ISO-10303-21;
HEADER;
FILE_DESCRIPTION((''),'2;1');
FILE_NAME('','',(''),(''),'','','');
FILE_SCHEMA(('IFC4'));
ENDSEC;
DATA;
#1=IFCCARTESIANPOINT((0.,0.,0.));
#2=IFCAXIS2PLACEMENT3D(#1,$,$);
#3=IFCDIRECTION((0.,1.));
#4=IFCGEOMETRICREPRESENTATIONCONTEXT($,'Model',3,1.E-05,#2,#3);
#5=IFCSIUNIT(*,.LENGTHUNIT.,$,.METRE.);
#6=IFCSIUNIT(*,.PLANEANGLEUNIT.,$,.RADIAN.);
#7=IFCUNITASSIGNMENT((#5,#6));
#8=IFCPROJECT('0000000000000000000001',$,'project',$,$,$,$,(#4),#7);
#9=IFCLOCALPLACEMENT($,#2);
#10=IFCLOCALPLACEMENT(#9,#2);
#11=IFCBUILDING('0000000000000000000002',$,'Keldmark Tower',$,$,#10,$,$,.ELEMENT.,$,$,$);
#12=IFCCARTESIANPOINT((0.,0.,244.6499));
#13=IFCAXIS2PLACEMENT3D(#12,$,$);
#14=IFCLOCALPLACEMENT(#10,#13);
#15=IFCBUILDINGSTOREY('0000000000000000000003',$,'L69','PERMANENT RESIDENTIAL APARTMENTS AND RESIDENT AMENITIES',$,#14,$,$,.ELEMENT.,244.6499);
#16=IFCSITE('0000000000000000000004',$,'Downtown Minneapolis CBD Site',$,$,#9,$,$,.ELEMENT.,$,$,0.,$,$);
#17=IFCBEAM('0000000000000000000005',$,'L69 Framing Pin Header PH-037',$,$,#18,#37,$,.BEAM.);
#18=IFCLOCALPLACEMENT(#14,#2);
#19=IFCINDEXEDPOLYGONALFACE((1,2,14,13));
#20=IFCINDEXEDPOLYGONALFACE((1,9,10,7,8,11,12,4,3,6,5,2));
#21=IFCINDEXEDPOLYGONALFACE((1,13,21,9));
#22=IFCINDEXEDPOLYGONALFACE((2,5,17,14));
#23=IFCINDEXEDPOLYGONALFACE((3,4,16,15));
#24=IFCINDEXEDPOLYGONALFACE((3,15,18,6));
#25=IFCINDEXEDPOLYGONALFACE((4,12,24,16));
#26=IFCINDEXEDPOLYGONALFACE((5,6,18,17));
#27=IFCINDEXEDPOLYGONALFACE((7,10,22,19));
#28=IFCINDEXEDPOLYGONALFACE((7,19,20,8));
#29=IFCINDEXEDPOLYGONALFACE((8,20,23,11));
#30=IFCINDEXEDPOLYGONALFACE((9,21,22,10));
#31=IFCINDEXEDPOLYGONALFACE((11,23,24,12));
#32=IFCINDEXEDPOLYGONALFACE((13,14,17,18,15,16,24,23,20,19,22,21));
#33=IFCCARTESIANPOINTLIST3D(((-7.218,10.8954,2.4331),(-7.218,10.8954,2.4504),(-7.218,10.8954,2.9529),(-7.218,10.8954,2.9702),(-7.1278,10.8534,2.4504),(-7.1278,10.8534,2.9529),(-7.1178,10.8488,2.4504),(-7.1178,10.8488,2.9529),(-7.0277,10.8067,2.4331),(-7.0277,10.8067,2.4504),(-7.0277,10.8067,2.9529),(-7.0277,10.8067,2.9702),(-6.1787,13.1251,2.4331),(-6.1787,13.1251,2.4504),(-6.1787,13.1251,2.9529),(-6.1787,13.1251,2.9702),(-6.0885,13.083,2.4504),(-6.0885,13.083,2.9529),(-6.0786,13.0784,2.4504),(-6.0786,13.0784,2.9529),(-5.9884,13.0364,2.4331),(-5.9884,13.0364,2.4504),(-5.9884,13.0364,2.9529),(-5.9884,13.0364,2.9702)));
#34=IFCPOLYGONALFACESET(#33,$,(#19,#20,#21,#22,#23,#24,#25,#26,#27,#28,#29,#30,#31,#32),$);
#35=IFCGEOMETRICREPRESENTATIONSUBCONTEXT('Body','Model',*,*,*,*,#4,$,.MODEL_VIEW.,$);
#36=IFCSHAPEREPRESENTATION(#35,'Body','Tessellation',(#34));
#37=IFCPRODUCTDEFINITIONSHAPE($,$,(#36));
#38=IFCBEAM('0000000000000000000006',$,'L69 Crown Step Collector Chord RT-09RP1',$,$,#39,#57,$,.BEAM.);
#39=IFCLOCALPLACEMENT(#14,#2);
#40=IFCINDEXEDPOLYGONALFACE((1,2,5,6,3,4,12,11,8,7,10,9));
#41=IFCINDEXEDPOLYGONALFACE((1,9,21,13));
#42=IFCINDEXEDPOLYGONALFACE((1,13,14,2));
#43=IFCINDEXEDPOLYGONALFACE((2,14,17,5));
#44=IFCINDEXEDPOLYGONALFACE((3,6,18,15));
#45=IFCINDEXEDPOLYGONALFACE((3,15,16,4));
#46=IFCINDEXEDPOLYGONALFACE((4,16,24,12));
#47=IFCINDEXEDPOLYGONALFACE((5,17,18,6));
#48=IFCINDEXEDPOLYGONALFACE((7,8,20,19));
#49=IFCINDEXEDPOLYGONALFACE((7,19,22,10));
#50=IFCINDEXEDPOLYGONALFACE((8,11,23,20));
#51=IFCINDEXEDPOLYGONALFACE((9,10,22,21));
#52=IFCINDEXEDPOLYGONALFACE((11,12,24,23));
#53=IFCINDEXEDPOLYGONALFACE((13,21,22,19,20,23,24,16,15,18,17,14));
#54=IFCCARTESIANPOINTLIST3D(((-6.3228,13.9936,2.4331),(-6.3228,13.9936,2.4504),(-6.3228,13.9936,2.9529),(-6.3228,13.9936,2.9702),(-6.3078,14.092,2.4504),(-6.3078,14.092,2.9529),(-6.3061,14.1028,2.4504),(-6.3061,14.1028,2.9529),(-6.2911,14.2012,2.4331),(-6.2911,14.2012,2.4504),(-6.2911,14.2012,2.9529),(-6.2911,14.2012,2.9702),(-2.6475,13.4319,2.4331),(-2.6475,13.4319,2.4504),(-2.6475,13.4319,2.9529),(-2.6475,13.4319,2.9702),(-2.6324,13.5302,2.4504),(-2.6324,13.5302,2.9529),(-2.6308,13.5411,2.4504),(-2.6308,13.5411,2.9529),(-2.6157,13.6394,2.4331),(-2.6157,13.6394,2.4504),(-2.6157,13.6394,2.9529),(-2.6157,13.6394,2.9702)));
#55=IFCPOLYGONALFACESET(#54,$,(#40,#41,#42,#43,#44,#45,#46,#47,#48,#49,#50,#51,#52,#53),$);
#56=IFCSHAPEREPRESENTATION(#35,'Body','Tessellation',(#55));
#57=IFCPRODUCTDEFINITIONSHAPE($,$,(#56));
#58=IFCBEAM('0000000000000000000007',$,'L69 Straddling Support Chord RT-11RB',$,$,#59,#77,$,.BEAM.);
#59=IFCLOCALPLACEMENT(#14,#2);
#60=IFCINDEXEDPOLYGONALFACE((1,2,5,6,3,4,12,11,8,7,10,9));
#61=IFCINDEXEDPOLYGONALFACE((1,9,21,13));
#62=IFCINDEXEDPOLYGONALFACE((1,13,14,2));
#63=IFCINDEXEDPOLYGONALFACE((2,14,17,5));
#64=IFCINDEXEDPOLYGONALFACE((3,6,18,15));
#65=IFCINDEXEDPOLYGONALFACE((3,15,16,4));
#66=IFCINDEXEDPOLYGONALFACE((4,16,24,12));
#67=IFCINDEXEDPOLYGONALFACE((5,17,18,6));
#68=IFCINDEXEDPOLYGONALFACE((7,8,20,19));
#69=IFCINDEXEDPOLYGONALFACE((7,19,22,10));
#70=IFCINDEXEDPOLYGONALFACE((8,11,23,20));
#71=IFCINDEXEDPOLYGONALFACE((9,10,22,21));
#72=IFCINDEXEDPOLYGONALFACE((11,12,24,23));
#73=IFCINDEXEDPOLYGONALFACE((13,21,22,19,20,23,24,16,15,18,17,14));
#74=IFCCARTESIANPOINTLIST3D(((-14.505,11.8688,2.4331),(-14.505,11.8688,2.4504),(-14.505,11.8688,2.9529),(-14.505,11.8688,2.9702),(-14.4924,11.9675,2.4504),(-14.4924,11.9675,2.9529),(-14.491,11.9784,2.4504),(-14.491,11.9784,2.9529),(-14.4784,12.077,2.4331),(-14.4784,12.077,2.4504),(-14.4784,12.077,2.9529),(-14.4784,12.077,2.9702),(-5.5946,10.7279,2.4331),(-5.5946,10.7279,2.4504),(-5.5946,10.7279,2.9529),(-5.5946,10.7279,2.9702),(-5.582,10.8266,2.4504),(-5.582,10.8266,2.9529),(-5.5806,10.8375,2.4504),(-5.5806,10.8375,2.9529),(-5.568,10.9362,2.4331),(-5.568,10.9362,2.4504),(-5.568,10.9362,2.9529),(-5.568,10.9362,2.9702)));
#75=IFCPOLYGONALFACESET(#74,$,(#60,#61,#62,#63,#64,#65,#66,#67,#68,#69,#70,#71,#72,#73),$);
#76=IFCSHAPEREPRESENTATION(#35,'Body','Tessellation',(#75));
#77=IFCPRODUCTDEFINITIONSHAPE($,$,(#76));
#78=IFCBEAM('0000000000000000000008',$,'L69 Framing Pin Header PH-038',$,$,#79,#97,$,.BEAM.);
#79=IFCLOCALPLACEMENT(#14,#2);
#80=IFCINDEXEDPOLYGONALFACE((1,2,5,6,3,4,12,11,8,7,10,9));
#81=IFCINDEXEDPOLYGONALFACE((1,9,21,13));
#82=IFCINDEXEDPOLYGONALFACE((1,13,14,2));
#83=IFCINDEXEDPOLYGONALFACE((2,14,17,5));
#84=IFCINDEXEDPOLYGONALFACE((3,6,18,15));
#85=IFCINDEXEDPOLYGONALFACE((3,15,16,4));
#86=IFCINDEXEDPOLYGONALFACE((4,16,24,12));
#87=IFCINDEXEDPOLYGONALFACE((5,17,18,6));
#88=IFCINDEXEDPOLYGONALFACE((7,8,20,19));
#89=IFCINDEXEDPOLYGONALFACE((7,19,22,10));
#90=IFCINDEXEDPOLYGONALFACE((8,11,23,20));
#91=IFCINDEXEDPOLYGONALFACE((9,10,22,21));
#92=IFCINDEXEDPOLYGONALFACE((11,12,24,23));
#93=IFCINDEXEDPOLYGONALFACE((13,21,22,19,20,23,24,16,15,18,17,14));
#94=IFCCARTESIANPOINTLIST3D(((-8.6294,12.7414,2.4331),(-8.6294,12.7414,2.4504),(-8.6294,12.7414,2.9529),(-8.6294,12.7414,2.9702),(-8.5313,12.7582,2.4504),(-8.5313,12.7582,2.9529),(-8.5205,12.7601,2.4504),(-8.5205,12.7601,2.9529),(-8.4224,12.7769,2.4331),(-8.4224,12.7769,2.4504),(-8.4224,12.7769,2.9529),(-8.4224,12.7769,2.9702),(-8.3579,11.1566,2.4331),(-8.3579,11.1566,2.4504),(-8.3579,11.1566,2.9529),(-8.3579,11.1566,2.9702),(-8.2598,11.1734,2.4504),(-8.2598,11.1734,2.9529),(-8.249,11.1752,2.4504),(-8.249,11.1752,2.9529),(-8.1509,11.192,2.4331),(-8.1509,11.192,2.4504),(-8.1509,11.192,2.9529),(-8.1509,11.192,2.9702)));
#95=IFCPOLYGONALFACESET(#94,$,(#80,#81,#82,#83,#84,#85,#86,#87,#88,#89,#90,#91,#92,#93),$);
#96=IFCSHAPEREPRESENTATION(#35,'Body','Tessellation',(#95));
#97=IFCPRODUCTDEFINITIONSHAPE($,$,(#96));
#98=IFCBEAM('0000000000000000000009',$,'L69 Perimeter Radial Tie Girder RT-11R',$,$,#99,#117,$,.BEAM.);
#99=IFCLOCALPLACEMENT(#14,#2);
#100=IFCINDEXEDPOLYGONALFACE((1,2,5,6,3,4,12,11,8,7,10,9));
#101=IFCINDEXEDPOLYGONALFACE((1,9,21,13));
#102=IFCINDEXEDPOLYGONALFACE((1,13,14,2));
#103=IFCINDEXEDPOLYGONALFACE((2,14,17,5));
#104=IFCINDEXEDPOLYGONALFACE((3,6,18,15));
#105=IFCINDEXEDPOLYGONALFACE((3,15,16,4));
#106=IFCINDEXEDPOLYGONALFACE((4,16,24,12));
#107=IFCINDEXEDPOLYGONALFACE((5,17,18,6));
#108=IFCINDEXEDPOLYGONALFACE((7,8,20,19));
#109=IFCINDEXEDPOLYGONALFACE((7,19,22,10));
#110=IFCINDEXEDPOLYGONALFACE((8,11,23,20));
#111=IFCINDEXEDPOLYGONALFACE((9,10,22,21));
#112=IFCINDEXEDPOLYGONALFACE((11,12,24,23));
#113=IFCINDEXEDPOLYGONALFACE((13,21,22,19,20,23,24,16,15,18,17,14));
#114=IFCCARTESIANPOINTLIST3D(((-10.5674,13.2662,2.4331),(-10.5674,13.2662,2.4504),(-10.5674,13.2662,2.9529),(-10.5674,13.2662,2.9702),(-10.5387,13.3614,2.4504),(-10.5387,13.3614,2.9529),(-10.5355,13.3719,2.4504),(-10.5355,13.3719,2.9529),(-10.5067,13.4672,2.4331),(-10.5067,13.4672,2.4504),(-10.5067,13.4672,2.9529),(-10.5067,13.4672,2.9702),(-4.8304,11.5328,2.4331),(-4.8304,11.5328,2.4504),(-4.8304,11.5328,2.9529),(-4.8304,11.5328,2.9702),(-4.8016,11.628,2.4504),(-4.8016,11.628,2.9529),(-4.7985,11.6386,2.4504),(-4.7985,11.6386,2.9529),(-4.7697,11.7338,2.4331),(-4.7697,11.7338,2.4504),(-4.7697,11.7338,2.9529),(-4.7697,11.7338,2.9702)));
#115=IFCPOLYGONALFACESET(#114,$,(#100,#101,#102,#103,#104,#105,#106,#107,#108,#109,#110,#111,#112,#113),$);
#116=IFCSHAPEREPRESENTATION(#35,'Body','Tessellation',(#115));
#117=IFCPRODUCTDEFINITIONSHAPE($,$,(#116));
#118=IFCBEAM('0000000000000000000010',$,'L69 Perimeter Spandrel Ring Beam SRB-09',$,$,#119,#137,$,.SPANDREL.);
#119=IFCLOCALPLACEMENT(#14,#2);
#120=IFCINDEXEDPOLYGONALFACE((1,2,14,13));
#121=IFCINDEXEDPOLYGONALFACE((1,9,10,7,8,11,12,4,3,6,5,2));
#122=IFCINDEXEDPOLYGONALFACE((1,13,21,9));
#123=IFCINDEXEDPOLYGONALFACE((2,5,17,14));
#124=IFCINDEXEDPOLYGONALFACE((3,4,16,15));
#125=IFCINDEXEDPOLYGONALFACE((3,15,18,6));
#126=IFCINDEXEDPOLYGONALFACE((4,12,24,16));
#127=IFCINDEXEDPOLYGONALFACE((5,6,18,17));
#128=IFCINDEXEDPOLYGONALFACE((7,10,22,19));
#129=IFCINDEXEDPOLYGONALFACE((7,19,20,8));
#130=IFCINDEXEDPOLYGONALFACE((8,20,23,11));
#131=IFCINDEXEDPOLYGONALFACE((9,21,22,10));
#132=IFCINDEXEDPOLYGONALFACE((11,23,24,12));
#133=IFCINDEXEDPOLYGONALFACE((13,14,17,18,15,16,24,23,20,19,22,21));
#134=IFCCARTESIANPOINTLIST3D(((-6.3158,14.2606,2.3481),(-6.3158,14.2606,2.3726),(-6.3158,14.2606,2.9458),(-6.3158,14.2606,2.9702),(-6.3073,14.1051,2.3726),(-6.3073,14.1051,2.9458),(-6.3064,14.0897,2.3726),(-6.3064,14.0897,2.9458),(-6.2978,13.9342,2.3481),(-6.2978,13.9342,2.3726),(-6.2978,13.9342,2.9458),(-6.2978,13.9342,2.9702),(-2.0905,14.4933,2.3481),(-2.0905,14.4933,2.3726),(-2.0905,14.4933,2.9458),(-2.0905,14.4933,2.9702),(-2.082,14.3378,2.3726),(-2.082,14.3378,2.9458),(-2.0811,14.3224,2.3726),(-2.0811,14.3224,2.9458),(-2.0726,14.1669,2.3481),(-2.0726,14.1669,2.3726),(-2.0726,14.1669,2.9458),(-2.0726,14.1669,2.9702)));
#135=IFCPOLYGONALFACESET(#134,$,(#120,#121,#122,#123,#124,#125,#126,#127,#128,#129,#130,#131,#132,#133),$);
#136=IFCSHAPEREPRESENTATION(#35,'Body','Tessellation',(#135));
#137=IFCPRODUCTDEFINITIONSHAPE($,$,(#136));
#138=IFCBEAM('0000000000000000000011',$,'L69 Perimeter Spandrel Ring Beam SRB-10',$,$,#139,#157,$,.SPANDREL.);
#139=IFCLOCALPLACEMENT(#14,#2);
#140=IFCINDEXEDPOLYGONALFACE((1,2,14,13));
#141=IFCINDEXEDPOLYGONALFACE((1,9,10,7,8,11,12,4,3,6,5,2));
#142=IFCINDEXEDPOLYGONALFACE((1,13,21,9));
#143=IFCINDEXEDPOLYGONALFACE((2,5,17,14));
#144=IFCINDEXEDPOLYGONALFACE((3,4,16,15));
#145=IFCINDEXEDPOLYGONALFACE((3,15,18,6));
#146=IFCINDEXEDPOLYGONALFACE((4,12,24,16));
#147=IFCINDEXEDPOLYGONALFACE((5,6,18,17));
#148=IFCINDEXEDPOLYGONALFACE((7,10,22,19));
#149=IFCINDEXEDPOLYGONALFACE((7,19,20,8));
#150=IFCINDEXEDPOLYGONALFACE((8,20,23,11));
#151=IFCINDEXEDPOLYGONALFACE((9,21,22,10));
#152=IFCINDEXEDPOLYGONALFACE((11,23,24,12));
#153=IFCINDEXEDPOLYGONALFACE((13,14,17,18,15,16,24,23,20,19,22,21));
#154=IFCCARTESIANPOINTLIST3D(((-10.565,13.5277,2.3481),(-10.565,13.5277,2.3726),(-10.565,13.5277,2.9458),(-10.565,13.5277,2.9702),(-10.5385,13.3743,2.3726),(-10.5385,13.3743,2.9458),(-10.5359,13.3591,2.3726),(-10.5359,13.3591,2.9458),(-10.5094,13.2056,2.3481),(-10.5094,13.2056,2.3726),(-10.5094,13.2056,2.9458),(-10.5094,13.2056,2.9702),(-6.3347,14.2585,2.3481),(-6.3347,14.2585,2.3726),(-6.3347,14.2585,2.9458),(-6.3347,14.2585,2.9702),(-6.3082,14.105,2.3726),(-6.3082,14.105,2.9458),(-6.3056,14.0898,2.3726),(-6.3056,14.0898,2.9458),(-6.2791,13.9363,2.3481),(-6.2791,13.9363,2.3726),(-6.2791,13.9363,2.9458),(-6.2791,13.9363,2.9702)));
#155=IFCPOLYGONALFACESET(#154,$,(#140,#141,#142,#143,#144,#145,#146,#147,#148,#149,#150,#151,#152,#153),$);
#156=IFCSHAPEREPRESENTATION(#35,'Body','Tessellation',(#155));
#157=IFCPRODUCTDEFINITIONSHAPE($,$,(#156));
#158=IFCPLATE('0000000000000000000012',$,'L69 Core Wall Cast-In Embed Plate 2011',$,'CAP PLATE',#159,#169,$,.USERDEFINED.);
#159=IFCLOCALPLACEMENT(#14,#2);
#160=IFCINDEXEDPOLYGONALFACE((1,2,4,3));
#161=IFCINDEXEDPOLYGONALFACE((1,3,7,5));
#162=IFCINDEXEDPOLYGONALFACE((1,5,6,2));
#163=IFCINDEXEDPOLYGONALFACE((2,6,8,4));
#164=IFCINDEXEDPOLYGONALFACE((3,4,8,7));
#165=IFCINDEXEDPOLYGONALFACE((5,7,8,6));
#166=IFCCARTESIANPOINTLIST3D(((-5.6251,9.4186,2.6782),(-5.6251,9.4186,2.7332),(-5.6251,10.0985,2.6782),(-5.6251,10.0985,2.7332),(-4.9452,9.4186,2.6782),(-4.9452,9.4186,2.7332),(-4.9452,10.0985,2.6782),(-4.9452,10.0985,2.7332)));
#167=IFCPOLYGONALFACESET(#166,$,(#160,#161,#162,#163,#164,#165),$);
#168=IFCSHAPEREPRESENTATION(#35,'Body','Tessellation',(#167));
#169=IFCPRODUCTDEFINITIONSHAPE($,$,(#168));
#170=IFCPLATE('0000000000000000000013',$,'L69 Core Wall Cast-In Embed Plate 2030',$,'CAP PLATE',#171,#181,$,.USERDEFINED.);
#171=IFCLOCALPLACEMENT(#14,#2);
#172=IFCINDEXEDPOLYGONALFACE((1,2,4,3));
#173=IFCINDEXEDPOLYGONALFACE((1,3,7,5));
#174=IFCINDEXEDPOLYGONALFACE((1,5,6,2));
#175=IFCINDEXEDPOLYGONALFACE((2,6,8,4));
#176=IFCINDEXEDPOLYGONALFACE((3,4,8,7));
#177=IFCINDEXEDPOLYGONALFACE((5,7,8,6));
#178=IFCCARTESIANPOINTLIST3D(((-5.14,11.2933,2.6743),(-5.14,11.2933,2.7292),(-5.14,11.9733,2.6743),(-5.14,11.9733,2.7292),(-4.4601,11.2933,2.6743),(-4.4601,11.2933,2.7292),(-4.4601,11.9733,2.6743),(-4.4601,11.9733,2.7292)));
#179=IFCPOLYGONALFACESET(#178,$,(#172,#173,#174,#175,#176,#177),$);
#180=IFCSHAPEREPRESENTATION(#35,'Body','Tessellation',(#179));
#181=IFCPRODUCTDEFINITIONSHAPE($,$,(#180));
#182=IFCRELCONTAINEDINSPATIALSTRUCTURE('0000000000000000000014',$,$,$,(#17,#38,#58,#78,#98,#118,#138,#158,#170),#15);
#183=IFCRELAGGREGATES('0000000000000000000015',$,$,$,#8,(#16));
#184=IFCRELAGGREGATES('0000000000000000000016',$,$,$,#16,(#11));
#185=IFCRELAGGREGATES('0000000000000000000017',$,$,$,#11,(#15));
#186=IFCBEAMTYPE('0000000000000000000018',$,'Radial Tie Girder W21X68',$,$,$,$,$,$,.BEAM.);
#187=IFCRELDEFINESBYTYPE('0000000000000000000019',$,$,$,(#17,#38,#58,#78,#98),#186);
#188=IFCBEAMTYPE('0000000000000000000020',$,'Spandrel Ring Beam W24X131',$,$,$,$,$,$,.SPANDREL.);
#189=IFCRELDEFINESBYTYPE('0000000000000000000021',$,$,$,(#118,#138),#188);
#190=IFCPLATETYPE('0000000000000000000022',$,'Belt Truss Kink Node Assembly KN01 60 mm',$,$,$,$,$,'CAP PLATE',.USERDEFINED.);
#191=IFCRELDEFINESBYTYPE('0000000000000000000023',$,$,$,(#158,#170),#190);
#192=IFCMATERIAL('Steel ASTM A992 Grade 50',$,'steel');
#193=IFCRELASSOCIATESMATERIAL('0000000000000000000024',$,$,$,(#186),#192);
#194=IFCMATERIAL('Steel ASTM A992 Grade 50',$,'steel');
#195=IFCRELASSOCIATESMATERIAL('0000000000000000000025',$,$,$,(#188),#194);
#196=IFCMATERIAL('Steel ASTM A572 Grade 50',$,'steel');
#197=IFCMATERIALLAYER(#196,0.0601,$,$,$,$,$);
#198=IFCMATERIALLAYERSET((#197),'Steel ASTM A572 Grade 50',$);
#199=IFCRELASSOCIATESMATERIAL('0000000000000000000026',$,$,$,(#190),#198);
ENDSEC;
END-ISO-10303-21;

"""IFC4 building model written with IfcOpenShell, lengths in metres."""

from ifc_helpers import new_model, si_unit, direction, frame, origin, origin_2d, place, context, subcontext, project, spatial, rectangle, i_section, extrude, material, layer, layer_set, material_profile, profile_set, type_object, element, save


model = new_model("IFC4")

# Units and contexts
model_context = context("Model", 3, precision=1e-05, world=origin(), true_north=direction((0.0, 1.0)))
body_context = subcontext(model_context, "Body", "Model", "MODEL_VIEW")
ifc_project = project(units=[si_unit("LENGTHUNIT", "METRE"), si_unit("PLANEANGLEUNIT", "RADIAN")], contexts=[model_context])

# Site, building, storey
site_placement = place(None, origin())
site = spatial("IfcSite", under=ifc_project, at=site_placement, Name="Downtown Minneapolis CBD Site", CompositionType="ELEMENT", RefElevation=0.0)
building_placement = place(site_placement, origin())
building = spatial("IfcBuilding", under=site, at=building_placement, Name="Keldmark Tower", CompositionType="ELEMENT")
storey_placement = place(building_placement, frame((0.0, 0.0, 244.6499)))
storey = spatial("IfcBuildingStorey", under=building, at=storey_placement, Name="L69", Description="PERMANENT RESIDENTIAL APARTMENTS AND RESIDENT AMENITIES", CompositionType="ELEMENT", Elevation=244.6499)

# Beams
ifc_material_1 = material(Name="Steel ASTM A992 Grade 50", Category="steel")
ifc_material_profile_1 = material_profile(ifc_material_1, i_section(OverallWidth=0.21, OverallDepth=0.5371, WebThickness=0.011, FlangeThickness=0.0173, at=origin_2d()), Name="W21X68")
ifc_profile_set_1 = profile_set([ifc_material_profile_1], Name="Steel ASTM A992 Grade 50")
beam_type_1 = type_object("IfcBeamType", Name="Radial Tie Girder W21X68", PredefinedType="BEAM", material=ifc_profile_set_1)
beam_1_placement = place(storey_placement, frame((-7.1228, 10.8511, 2.7017), z_axis=(0.422473, 0.906376, 0.0), x_axis=(-0.906376, 0.422473, 0.0)))
element("IfcBeam", 1, at=beam_1_placement, inside=storey, type_object=beam_type_1, Name="L69 Framing Pin Header PH-037", PredefinedType="BEAM", context=body_context, shape_type="SweptSolid", body=[
    extrude(i_section(OverallWidth=0.21, OverallDepth=0.5371, WebThickness=0.011, FlangeThickness=0.0173, at=origin_2d()), origin(), (0.0, 0.0, 1.0), 2.46),
])
beam_2_placement = place(storey_placement, frame((-2.6316, 13.5356, 2.7017), z_axis=(-0.988519, 0.151095, 0.0), x_axis=(-0.151095, -0.988519, 0.0)))
element("IfcBeam", 2, at=beam_2_placement, inside=storey, type_object=beam_type_1, Name="L69 Crown Step Collector Chord RT-09RP1", PredefinedType="BEAM", context=body_context, shape_type="SweptSolid", body=[
    extrude(i_section(OverallWidth=0.21, OverallDepth=0.5371, WebThickness=0.011, FlangeThickness=0.0173, at=origin_2d()), origin(), (0.0, 0.0, 1.0), 3.718),
])
beam_3_placement = place(storey_placement, frame((-5.5813, 10.832, 2.7017), z_axis=(-0.991903, 0.127001, 0.0), x_axis=(-0.127001, -0.991903, 0.0)))
element("IfcBeam", 3, at=beam_3_placement, inside=storey, type_object=beam_type_1, Name="L69 Straddling Support Chord RT-11RB", PredefinedType="BEAM", context=body_context, shape_type="SweptSolid", body=[
    extrude(i_section(OverallWidth=0.21, OverallDepth=0.5371, WebThickness=0.011, FlangeThickness=0.0173, at=origin_2d()), origin(), (0.0, 0.0, 1.0), 8.9832),
])
beam_4_placement = place(storey_placement, frame((-8.2544, 11.1743, 2.7017), z_axis=(-0.168854, 0.985641, 0.0), x_axis=(-0.985641, -0.168854, 0.0)))
element("IfcBeam", 4, at=beam_4_placement, inside=storey, type_object=beam_type_1, Name="L69 Framing Pin Header PH-038", PredefinedType="BEAM", context=body_context, shape_type="SweptSolid", body=[
    extrude(i_section(OverallWidth=0.21, OverallDepth=0.5371, WebThickness=0.011, FlangeThickness=0.0173, at=origin_2d()), origin(), (0.0, 0.0, 1.0), 1.6079),
])
beam_5_placement = place(storey_placement, frame((-4.8, 11.6333, 2.7017), z_axis=(-0.95726, 0.289227, 0.0), x_axis=(-0.289227, -0.95726, 0.0)))
element("IfcBeam", 5, at=beam_5_placement, inside=storey, type_object=beam_type_1, Name="L69 Perimeter Radial Tie Girder RT-11R", PredefinedType="BEAM", context=body_context, shape_type="SweptSolid", body=[
    extrude(i_section(OverallWidth=0.21, OverallDepth=0.5371, WebThickness=0.011, FlangeThickness=0.0173, at=origin_2d()), origin(), (0.0, 0.0, 1.0), 5.9932),
])
ifc_material_2 = material(Name="Steel ASTM A992 Grade 50", Category="steel")
ifc_material_profile_2 = material_profile(ifc_material_2, i_section(OverallWidth=0.3269, OverallDepth=0.6221, WebThickness=0.0154, FlangeThickness=0.0244, at=origin_2d()), Name="W24X131")
ifc_profile_set_2 = profile_set([ifc_material_profile_2], Name="Steel ASTM A992 Grade 50")
beam_type_2 = type_object("IfcBeamType", Name="Spandrel Ring Beam W24X131", PredefinedType="SPANDREL", material=ifc_profile_set_2)
beam_6_placement = place(storey_placement, frame((-2.0815, 14.3301, 2.6592), z_axis=(-0.998487, -0.054981, 0.0), x_axis=(0.054981, -0.998487, 0.0)))
element("IfcBeam", 6, at=beam_6_placement, inside=storey, type_object=beam_type_2, Name="L69 Perimeter Spandrel Ring Beam SRB-09", PredefinedType="SPANDREL", context=body_context, shape_type="SweptSolid", body=[
    extrude(i_section(OverallWidth=0.3269, OverallDepth=0.6221, WebThickness=0.0154, FlangeThickness=0.0244, at=origin_2d()), origin(), (0.0, 0.0, 1.0), 4.2317),
])
beam_7_placement = place(storey_placement, frame((-6.3069, 14.0974, 2.6592), z_axis=(-0.985407, -0.170215, 0.0), x_axis=(0.170215, -0.985407, 0.0)))
element("IfcBeam", 7, at=beam_7_placement, inside=storey, type_object=beam_type_2, Name="L69 Perimeter Spandrel Ring Beam SRB-10", PredefinedType="SPANDREL", context=body_context, shape_type="SweptSolid", body=[
    extrude(i_section(OverallWidth=0.3269, OverallDepth=0.6221, WebThickness=0.0154, FlangeThickness=0.0244, at=origin_2d()), origin(), (0.0, 0.0, 1.0), 4.293),
])

# Plates
ifc_material_3 = material(Name="Steel ASTM A572 Grade 50", Category="steel")
ifc_layer_1 = layer(ifc_material_3, 0.0601)
ifc_layer_set_1 = layer_set([ifc_layer_1], Name="Steel ASTM A572 Grade 50")
plate_type_1 = type_object("IfcPlateType", Name="Belt Truss Kink Node Assembly KN01 60 mm", ElementType="CAP PLATE", PredefinedType="USERDEFINED", material=ifc_layer_set_1)
for number, where, z_axis, x_axis, name in (
    (8, (-5.2852, 9.7585, 2.6782), (0.0, 0.0, 1.0), (1.0, 0.0, 0.0), "L69 Core Wall Cast-In Embed Plate 2011"),
    (9, (-4.8, 11.6333, 2.6743), (0.0, 0.0, 1.0), (1.0, 0.0, 0.0), "L69 Core Wall Cast-In Embed Plate 2030"),
):
    element("IfcPlate", number, at=place(storey_placement, frame(where, z_axis=z_axis, x_axis=x_axis)), inside=storey, type_object=plate_type_1, Name=name, ObjectType="CAP PLATE", PredefinedType="USERDEFINED", context=body_context, shape_type="SweptSolid", body=[
        extrude(rectangle(XDim=0.6799, YDim=0.6799, at=origin_2d()), origin(), (0.0, 0.0, 1.0), 0.0549),
    ])

save(model, "model.ifc")
